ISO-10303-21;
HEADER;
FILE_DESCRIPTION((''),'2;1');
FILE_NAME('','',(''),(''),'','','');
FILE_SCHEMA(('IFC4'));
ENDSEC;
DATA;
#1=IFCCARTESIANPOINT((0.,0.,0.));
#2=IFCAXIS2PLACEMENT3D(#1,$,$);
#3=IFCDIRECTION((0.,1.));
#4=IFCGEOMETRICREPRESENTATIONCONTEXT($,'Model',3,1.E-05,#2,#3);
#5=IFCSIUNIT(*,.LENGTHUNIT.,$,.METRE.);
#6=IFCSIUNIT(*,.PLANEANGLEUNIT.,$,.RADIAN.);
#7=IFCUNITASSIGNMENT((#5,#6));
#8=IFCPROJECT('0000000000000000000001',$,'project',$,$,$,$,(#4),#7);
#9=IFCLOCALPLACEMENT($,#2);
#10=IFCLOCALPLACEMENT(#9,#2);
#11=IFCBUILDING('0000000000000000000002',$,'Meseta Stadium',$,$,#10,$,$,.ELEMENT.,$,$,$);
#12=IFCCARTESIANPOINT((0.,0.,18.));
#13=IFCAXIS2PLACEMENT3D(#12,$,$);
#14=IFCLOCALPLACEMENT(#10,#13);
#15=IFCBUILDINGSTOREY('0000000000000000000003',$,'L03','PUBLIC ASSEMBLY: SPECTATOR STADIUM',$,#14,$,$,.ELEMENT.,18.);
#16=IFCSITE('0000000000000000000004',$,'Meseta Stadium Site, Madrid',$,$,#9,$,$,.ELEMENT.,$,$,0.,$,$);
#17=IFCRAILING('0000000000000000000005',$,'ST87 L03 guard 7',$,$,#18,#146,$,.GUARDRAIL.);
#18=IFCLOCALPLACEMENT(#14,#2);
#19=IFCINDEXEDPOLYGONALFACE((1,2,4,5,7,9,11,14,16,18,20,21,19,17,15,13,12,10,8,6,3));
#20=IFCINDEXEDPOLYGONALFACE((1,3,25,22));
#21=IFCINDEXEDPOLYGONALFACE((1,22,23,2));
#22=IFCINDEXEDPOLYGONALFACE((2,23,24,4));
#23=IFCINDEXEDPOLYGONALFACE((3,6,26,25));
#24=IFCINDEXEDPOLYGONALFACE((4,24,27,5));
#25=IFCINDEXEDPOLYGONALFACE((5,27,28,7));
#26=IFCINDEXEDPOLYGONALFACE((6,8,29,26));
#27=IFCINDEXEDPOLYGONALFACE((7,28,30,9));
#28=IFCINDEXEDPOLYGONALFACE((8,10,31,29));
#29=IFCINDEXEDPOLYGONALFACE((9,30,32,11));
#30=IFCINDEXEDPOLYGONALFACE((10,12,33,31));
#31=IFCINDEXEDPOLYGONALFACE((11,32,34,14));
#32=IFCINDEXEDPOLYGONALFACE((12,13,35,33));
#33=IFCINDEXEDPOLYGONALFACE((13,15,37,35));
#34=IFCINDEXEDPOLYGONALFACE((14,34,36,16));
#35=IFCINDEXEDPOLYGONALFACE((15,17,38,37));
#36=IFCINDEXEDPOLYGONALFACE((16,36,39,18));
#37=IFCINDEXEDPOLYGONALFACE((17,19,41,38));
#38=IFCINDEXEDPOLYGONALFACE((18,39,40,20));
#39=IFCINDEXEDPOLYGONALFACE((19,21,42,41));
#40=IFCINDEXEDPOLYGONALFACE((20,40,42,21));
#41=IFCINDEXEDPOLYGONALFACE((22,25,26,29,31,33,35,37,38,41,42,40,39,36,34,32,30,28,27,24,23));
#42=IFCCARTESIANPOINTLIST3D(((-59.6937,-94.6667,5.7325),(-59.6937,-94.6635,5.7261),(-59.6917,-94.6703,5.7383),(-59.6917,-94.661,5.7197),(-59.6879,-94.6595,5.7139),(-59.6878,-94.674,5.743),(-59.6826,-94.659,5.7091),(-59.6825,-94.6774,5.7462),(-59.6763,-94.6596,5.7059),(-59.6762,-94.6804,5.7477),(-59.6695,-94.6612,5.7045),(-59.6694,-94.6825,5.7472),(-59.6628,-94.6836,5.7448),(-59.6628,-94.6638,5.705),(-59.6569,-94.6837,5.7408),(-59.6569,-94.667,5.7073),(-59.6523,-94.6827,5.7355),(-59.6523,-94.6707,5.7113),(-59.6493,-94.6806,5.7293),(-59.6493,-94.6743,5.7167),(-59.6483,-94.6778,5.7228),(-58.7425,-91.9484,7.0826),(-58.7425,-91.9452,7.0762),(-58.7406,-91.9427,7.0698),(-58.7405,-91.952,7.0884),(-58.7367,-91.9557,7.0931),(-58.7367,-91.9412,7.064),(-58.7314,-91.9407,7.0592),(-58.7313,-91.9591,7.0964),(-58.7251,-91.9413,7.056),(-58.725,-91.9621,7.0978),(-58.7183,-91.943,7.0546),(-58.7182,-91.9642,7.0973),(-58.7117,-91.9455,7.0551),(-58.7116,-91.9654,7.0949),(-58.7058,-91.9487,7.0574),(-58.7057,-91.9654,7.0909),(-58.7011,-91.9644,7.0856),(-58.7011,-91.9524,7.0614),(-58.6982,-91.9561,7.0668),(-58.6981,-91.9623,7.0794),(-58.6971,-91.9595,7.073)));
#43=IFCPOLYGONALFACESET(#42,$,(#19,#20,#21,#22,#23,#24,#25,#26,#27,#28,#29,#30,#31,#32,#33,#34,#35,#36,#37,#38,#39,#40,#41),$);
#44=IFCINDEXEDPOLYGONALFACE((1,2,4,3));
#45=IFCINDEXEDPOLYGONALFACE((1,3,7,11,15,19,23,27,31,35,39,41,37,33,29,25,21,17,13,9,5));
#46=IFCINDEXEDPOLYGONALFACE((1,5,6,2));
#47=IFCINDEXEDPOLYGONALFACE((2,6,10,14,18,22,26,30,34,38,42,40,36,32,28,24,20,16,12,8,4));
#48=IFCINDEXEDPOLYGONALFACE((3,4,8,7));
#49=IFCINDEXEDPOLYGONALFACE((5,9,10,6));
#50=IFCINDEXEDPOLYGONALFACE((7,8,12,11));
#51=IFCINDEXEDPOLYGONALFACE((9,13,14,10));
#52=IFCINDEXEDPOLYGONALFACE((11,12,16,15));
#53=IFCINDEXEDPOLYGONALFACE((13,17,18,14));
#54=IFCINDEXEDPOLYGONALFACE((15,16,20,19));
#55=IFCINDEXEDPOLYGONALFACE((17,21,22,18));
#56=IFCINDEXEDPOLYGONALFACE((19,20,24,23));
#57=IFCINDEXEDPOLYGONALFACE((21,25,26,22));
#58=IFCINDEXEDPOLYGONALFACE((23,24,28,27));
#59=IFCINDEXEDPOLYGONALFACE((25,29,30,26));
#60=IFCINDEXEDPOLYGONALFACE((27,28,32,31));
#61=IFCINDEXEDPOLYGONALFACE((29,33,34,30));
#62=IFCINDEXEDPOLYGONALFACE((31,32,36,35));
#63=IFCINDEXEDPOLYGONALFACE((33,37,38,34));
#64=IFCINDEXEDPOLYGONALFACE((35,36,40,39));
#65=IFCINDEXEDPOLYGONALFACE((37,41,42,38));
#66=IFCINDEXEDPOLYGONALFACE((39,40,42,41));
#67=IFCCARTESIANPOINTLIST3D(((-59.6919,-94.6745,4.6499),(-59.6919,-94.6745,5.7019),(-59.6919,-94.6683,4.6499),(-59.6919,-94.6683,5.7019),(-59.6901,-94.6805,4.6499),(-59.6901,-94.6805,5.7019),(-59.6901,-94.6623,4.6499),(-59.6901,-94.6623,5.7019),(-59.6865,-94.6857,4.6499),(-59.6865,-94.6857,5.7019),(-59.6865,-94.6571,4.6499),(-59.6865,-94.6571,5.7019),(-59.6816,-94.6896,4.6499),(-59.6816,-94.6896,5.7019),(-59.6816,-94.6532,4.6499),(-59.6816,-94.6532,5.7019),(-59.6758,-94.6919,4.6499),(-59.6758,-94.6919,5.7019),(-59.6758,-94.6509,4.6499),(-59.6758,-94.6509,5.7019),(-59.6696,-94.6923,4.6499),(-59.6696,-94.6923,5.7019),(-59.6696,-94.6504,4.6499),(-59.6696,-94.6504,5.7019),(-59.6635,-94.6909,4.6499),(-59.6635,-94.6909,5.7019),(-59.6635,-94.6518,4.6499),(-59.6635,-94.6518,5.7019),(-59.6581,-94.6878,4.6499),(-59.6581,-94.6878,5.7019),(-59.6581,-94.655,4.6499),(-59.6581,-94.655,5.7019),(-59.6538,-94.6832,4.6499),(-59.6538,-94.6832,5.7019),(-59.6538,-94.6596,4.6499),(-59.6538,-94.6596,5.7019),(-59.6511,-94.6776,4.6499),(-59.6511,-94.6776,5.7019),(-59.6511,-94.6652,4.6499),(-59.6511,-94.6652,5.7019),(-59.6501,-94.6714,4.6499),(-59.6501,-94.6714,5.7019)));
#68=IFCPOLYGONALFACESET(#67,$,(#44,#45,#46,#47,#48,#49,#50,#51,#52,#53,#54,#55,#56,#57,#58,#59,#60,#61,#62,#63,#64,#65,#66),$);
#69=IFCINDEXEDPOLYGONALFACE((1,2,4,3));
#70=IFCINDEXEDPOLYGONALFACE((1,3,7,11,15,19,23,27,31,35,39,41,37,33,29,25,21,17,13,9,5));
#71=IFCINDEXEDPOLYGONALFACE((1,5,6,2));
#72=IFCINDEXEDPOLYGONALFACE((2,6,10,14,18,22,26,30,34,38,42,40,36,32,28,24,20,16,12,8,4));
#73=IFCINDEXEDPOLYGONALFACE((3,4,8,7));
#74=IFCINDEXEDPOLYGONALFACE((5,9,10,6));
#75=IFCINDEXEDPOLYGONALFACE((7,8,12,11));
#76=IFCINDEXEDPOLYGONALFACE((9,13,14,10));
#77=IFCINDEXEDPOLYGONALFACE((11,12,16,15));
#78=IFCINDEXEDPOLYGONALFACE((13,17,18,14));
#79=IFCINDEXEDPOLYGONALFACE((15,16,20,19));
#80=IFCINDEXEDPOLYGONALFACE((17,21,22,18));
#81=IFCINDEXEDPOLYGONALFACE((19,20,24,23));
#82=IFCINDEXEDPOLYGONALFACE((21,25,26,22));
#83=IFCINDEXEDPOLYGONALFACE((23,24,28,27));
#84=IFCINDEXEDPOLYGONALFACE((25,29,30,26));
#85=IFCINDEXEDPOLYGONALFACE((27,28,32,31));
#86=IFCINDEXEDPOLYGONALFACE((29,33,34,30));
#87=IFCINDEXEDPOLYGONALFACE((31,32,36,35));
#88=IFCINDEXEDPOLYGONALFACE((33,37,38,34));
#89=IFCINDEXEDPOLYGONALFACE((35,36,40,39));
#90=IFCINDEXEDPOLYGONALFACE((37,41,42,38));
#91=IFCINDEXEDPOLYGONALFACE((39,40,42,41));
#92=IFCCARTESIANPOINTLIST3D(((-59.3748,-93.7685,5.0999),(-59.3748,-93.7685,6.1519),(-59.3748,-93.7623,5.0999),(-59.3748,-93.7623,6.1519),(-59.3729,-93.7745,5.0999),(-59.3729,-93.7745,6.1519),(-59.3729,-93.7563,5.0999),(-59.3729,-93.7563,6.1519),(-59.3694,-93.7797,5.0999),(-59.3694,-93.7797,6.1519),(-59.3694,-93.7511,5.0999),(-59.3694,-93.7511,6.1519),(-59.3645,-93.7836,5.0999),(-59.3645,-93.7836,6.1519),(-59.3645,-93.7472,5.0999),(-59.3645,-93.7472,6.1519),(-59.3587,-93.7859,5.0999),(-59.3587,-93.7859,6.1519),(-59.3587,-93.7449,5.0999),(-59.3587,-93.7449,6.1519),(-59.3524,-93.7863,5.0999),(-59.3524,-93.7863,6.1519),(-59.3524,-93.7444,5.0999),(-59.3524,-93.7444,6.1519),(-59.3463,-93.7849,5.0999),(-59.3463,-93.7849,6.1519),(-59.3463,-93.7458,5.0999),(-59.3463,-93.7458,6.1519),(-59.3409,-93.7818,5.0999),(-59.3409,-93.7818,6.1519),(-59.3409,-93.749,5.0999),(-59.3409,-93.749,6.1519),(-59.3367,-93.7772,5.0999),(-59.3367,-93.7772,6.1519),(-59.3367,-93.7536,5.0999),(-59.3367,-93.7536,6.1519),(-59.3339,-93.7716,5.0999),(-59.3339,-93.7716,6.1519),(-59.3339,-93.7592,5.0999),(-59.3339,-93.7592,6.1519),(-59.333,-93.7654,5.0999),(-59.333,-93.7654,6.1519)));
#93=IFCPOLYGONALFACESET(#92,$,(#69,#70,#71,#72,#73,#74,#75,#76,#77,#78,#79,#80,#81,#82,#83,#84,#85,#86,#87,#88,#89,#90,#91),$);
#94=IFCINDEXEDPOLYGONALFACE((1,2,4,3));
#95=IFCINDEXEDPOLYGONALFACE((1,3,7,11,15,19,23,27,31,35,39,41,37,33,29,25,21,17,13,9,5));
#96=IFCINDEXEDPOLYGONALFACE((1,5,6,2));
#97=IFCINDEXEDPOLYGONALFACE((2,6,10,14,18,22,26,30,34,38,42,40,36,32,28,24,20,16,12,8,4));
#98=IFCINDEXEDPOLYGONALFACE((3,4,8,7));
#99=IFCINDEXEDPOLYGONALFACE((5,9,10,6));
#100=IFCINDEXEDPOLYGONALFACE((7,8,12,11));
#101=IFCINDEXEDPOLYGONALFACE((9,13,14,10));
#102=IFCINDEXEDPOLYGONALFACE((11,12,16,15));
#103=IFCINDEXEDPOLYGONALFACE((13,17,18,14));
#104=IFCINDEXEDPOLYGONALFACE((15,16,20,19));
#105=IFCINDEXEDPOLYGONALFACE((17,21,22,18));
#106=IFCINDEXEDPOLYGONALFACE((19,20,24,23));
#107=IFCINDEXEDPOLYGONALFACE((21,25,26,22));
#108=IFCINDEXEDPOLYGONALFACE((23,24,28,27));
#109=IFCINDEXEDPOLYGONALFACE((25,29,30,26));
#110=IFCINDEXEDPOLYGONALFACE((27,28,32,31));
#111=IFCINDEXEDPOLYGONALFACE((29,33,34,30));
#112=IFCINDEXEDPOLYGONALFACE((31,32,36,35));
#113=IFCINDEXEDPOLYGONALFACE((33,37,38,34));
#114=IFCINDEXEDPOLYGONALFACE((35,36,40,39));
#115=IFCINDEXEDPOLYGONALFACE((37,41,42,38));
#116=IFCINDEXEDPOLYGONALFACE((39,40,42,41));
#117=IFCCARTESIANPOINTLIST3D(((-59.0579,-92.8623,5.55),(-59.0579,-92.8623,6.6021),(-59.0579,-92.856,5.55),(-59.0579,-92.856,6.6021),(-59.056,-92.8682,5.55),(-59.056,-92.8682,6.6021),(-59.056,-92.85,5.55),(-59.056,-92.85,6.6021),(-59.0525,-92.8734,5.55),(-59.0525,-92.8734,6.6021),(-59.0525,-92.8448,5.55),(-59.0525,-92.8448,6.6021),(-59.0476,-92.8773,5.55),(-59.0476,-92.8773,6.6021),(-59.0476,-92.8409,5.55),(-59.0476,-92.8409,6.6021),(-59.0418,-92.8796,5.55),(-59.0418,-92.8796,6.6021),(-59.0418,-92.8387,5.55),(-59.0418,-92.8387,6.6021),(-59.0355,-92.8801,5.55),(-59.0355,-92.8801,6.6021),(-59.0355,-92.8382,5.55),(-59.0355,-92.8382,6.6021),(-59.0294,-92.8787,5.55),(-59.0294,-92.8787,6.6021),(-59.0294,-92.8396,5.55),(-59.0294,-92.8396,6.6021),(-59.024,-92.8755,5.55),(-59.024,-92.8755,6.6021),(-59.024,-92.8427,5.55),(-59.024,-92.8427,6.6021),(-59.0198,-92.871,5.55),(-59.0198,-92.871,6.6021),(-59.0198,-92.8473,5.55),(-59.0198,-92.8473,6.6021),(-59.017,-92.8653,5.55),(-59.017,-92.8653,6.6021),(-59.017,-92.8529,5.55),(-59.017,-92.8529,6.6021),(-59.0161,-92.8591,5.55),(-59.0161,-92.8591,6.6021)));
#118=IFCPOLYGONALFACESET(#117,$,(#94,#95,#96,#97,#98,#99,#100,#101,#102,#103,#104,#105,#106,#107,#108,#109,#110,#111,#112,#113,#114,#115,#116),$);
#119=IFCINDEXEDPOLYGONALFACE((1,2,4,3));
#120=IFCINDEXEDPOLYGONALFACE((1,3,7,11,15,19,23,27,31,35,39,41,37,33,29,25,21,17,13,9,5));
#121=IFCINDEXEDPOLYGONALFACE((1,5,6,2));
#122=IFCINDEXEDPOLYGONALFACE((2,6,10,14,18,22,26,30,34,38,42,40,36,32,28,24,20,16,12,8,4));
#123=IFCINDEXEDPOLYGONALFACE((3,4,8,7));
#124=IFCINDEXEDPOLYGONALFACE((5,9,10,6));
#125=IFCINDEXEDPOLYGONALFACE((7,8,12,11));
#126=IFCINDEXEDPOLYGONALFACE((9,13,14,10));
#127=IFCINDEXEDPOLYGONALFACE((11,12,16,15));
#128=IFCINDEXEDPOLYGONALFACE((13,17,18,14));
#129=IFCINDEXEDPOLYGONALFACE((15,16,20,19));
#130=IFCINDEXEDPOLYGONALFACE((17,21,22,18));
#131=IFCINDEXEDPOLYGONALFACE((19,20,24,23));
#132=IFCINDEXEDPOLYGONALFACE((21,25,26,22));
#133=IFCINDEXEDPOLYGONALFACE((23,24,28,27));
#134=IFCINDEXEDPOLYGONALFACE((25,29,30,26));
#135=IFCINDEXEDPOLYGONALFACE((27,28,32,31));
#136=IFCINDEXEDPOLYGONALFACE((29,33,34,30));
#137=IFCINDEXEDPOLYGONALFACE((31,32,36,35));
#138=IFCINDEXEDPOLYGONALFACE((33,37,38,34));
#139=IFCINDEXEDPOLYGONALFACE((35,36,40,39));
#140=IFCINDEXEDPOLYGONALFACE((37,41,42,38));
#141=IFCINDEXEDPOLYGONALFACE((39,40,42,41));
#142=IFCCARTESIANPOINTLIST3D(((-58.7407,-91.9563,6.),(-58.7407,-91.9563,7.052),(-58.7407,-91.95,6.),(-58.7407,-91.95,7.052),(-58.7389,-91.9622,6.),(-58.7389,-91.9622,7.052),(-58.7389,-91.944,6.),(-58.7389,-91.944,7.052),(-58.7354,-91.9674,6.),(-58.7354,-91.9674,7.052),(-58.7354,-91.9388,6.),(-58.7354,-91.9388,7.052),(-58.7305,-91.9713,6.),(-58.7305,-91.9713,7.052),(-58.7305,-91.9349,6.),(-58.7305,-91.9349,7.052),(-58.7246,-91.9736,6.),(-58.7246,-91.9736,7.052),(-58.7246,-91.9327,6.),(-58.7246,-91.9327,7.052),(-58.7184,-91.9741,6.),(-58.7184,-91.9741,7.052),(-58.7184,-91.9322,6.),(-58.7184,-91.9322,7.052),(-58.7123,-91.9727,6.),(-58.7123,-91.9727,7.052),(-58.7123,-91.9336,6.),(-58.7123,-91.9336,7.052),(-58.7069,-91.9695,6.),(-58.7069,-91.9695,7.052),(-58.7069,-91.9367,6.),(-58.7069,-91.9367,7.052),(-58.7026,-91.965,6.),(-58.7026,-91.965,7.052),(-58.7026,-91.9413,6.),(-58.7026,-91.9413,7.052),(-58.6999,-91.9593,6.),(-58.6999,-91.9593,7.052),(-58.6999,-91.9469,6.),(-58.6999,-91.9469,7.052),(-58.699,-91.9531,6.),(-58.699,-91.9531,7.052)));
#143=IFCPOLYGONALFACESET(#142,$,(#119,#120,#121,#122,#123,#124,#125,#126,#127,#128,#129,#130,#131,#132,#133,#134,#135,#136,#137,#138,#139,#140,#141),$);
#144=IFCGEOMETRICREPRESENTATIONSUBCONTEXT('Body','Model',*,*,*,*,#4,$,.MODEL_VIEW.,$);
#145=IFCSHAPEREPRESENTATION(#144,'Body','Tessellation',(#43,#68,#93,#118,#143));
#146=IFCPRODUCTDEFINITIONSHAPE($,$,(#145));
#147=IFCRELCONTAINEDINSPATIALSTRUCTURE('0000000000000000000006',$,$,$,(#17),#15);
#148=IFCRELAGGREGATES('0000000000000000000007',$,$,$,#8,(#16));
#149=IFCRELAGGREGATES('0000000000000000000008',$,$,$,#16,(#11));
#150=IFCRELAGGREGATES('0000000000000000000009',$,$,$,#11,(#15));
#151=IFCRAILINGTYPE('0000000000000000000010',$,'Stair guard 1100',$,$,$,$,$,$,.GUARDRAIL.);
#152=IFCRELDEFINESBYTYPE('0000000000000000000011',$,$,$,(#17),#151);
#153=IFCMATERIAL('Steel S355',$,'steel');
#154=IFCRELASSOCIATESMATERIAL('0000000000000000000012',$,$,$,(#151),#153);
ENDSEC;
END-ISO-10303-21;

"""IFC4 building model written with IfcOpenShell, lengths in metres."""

from ifc_helpers import new_model, si_unit, direction, frame, origin, origin_2d, place, context, subcontext, project, spatial, circle, extrude, material, type_object, element, save


model = new_model("IFC4")

# Units and contexts
model_context = context("Model", 3, precision=1e-05, world=origin(), true_north=direction((0.0, 1.0)))
body_context = subcontext(model_context, "Body", "Model", "MODEL_VIEW")
ifc_project = project(units=[si_unit("LENGTHUNIT", "METRE"), si_unit("PLANEANGLEUNIT", "RADIAN")], contexts=[model_context])

# Site, building, storey
site_placement = place(None, origin())
site = spatial("IfcSite", under=ifc_project, at=site_placement, Name="Meseta Stadium Site, Madrid", CompositionType="ELEMENT", RefElevation=0.0)
building_placement = place(site_placement, origin())
building = spatial("IfcBuilding", under=site, at=building_placement, Name="Meseta Stadium", CompositionType="ELEMENT")
storey_placement = place(building_placement, frame((0.0, 0.0, 18.0)))
storey = spatial("IfcBuildingStorey", under=building, at=storey_placement, Name="L03", Description="PUBLIC ASSEMBLY: SPECTATOR STADIUM", CompositionType="ELEMENT", Elevation=18.0)

# Railing
ifc_material_1 = material(Name="Steel S355", Category="steel")
railing_type_1 = type_object("IfcRailingType", Name="Stair guard 1100", PredefinedType="GUARDRAIL", material=ifc_material_1)
railing_1_placement = place(storey_placement, frame((-59.6711, -94.6714, 4.6499)))
element("IfcRailing", 1, at=railing_1_placement, inside=storey, type_object=railing_type_1, Name="ST87 L03 guard 7", PredefinedType="GUARDRAIL", context=body_context, shape_type="SweptSolid", body=[
    extrude(circle(Radius=0.0239, at=origin_2d()), frame((0.0, 0.0, 1.0762), z_axis=(0.299051, 0.854629, 0.424474), x_axis=(-0.943882, 0.330282, 0.0)), (0.0, 0.0, 1.0), 3.1807),
    extrude(circle(Radius=0.021, at=origin_2d()), origin(), (0.0, 0.0, 1.0), 1.052),
    extrude(circle(Radius=0.021, at=origin_2d()), frame((0.3171, 0.906, 0.45)), (0.0, 0.0, 1.0), 1.052),
    extrude(circle(Radius=0.021, at=origin_2d()), frame((0.634, 1.8123, 0.9001)), (0.0, 0.0, 1.0), 1.052),
    extrude(circle(Radius=0.021, at=origin_2d()), frame((0.9512, 2.7183, 1.3501)), (0.0, 0.0, 1.0), 1.052),
])

save(model, "model.ifc")
